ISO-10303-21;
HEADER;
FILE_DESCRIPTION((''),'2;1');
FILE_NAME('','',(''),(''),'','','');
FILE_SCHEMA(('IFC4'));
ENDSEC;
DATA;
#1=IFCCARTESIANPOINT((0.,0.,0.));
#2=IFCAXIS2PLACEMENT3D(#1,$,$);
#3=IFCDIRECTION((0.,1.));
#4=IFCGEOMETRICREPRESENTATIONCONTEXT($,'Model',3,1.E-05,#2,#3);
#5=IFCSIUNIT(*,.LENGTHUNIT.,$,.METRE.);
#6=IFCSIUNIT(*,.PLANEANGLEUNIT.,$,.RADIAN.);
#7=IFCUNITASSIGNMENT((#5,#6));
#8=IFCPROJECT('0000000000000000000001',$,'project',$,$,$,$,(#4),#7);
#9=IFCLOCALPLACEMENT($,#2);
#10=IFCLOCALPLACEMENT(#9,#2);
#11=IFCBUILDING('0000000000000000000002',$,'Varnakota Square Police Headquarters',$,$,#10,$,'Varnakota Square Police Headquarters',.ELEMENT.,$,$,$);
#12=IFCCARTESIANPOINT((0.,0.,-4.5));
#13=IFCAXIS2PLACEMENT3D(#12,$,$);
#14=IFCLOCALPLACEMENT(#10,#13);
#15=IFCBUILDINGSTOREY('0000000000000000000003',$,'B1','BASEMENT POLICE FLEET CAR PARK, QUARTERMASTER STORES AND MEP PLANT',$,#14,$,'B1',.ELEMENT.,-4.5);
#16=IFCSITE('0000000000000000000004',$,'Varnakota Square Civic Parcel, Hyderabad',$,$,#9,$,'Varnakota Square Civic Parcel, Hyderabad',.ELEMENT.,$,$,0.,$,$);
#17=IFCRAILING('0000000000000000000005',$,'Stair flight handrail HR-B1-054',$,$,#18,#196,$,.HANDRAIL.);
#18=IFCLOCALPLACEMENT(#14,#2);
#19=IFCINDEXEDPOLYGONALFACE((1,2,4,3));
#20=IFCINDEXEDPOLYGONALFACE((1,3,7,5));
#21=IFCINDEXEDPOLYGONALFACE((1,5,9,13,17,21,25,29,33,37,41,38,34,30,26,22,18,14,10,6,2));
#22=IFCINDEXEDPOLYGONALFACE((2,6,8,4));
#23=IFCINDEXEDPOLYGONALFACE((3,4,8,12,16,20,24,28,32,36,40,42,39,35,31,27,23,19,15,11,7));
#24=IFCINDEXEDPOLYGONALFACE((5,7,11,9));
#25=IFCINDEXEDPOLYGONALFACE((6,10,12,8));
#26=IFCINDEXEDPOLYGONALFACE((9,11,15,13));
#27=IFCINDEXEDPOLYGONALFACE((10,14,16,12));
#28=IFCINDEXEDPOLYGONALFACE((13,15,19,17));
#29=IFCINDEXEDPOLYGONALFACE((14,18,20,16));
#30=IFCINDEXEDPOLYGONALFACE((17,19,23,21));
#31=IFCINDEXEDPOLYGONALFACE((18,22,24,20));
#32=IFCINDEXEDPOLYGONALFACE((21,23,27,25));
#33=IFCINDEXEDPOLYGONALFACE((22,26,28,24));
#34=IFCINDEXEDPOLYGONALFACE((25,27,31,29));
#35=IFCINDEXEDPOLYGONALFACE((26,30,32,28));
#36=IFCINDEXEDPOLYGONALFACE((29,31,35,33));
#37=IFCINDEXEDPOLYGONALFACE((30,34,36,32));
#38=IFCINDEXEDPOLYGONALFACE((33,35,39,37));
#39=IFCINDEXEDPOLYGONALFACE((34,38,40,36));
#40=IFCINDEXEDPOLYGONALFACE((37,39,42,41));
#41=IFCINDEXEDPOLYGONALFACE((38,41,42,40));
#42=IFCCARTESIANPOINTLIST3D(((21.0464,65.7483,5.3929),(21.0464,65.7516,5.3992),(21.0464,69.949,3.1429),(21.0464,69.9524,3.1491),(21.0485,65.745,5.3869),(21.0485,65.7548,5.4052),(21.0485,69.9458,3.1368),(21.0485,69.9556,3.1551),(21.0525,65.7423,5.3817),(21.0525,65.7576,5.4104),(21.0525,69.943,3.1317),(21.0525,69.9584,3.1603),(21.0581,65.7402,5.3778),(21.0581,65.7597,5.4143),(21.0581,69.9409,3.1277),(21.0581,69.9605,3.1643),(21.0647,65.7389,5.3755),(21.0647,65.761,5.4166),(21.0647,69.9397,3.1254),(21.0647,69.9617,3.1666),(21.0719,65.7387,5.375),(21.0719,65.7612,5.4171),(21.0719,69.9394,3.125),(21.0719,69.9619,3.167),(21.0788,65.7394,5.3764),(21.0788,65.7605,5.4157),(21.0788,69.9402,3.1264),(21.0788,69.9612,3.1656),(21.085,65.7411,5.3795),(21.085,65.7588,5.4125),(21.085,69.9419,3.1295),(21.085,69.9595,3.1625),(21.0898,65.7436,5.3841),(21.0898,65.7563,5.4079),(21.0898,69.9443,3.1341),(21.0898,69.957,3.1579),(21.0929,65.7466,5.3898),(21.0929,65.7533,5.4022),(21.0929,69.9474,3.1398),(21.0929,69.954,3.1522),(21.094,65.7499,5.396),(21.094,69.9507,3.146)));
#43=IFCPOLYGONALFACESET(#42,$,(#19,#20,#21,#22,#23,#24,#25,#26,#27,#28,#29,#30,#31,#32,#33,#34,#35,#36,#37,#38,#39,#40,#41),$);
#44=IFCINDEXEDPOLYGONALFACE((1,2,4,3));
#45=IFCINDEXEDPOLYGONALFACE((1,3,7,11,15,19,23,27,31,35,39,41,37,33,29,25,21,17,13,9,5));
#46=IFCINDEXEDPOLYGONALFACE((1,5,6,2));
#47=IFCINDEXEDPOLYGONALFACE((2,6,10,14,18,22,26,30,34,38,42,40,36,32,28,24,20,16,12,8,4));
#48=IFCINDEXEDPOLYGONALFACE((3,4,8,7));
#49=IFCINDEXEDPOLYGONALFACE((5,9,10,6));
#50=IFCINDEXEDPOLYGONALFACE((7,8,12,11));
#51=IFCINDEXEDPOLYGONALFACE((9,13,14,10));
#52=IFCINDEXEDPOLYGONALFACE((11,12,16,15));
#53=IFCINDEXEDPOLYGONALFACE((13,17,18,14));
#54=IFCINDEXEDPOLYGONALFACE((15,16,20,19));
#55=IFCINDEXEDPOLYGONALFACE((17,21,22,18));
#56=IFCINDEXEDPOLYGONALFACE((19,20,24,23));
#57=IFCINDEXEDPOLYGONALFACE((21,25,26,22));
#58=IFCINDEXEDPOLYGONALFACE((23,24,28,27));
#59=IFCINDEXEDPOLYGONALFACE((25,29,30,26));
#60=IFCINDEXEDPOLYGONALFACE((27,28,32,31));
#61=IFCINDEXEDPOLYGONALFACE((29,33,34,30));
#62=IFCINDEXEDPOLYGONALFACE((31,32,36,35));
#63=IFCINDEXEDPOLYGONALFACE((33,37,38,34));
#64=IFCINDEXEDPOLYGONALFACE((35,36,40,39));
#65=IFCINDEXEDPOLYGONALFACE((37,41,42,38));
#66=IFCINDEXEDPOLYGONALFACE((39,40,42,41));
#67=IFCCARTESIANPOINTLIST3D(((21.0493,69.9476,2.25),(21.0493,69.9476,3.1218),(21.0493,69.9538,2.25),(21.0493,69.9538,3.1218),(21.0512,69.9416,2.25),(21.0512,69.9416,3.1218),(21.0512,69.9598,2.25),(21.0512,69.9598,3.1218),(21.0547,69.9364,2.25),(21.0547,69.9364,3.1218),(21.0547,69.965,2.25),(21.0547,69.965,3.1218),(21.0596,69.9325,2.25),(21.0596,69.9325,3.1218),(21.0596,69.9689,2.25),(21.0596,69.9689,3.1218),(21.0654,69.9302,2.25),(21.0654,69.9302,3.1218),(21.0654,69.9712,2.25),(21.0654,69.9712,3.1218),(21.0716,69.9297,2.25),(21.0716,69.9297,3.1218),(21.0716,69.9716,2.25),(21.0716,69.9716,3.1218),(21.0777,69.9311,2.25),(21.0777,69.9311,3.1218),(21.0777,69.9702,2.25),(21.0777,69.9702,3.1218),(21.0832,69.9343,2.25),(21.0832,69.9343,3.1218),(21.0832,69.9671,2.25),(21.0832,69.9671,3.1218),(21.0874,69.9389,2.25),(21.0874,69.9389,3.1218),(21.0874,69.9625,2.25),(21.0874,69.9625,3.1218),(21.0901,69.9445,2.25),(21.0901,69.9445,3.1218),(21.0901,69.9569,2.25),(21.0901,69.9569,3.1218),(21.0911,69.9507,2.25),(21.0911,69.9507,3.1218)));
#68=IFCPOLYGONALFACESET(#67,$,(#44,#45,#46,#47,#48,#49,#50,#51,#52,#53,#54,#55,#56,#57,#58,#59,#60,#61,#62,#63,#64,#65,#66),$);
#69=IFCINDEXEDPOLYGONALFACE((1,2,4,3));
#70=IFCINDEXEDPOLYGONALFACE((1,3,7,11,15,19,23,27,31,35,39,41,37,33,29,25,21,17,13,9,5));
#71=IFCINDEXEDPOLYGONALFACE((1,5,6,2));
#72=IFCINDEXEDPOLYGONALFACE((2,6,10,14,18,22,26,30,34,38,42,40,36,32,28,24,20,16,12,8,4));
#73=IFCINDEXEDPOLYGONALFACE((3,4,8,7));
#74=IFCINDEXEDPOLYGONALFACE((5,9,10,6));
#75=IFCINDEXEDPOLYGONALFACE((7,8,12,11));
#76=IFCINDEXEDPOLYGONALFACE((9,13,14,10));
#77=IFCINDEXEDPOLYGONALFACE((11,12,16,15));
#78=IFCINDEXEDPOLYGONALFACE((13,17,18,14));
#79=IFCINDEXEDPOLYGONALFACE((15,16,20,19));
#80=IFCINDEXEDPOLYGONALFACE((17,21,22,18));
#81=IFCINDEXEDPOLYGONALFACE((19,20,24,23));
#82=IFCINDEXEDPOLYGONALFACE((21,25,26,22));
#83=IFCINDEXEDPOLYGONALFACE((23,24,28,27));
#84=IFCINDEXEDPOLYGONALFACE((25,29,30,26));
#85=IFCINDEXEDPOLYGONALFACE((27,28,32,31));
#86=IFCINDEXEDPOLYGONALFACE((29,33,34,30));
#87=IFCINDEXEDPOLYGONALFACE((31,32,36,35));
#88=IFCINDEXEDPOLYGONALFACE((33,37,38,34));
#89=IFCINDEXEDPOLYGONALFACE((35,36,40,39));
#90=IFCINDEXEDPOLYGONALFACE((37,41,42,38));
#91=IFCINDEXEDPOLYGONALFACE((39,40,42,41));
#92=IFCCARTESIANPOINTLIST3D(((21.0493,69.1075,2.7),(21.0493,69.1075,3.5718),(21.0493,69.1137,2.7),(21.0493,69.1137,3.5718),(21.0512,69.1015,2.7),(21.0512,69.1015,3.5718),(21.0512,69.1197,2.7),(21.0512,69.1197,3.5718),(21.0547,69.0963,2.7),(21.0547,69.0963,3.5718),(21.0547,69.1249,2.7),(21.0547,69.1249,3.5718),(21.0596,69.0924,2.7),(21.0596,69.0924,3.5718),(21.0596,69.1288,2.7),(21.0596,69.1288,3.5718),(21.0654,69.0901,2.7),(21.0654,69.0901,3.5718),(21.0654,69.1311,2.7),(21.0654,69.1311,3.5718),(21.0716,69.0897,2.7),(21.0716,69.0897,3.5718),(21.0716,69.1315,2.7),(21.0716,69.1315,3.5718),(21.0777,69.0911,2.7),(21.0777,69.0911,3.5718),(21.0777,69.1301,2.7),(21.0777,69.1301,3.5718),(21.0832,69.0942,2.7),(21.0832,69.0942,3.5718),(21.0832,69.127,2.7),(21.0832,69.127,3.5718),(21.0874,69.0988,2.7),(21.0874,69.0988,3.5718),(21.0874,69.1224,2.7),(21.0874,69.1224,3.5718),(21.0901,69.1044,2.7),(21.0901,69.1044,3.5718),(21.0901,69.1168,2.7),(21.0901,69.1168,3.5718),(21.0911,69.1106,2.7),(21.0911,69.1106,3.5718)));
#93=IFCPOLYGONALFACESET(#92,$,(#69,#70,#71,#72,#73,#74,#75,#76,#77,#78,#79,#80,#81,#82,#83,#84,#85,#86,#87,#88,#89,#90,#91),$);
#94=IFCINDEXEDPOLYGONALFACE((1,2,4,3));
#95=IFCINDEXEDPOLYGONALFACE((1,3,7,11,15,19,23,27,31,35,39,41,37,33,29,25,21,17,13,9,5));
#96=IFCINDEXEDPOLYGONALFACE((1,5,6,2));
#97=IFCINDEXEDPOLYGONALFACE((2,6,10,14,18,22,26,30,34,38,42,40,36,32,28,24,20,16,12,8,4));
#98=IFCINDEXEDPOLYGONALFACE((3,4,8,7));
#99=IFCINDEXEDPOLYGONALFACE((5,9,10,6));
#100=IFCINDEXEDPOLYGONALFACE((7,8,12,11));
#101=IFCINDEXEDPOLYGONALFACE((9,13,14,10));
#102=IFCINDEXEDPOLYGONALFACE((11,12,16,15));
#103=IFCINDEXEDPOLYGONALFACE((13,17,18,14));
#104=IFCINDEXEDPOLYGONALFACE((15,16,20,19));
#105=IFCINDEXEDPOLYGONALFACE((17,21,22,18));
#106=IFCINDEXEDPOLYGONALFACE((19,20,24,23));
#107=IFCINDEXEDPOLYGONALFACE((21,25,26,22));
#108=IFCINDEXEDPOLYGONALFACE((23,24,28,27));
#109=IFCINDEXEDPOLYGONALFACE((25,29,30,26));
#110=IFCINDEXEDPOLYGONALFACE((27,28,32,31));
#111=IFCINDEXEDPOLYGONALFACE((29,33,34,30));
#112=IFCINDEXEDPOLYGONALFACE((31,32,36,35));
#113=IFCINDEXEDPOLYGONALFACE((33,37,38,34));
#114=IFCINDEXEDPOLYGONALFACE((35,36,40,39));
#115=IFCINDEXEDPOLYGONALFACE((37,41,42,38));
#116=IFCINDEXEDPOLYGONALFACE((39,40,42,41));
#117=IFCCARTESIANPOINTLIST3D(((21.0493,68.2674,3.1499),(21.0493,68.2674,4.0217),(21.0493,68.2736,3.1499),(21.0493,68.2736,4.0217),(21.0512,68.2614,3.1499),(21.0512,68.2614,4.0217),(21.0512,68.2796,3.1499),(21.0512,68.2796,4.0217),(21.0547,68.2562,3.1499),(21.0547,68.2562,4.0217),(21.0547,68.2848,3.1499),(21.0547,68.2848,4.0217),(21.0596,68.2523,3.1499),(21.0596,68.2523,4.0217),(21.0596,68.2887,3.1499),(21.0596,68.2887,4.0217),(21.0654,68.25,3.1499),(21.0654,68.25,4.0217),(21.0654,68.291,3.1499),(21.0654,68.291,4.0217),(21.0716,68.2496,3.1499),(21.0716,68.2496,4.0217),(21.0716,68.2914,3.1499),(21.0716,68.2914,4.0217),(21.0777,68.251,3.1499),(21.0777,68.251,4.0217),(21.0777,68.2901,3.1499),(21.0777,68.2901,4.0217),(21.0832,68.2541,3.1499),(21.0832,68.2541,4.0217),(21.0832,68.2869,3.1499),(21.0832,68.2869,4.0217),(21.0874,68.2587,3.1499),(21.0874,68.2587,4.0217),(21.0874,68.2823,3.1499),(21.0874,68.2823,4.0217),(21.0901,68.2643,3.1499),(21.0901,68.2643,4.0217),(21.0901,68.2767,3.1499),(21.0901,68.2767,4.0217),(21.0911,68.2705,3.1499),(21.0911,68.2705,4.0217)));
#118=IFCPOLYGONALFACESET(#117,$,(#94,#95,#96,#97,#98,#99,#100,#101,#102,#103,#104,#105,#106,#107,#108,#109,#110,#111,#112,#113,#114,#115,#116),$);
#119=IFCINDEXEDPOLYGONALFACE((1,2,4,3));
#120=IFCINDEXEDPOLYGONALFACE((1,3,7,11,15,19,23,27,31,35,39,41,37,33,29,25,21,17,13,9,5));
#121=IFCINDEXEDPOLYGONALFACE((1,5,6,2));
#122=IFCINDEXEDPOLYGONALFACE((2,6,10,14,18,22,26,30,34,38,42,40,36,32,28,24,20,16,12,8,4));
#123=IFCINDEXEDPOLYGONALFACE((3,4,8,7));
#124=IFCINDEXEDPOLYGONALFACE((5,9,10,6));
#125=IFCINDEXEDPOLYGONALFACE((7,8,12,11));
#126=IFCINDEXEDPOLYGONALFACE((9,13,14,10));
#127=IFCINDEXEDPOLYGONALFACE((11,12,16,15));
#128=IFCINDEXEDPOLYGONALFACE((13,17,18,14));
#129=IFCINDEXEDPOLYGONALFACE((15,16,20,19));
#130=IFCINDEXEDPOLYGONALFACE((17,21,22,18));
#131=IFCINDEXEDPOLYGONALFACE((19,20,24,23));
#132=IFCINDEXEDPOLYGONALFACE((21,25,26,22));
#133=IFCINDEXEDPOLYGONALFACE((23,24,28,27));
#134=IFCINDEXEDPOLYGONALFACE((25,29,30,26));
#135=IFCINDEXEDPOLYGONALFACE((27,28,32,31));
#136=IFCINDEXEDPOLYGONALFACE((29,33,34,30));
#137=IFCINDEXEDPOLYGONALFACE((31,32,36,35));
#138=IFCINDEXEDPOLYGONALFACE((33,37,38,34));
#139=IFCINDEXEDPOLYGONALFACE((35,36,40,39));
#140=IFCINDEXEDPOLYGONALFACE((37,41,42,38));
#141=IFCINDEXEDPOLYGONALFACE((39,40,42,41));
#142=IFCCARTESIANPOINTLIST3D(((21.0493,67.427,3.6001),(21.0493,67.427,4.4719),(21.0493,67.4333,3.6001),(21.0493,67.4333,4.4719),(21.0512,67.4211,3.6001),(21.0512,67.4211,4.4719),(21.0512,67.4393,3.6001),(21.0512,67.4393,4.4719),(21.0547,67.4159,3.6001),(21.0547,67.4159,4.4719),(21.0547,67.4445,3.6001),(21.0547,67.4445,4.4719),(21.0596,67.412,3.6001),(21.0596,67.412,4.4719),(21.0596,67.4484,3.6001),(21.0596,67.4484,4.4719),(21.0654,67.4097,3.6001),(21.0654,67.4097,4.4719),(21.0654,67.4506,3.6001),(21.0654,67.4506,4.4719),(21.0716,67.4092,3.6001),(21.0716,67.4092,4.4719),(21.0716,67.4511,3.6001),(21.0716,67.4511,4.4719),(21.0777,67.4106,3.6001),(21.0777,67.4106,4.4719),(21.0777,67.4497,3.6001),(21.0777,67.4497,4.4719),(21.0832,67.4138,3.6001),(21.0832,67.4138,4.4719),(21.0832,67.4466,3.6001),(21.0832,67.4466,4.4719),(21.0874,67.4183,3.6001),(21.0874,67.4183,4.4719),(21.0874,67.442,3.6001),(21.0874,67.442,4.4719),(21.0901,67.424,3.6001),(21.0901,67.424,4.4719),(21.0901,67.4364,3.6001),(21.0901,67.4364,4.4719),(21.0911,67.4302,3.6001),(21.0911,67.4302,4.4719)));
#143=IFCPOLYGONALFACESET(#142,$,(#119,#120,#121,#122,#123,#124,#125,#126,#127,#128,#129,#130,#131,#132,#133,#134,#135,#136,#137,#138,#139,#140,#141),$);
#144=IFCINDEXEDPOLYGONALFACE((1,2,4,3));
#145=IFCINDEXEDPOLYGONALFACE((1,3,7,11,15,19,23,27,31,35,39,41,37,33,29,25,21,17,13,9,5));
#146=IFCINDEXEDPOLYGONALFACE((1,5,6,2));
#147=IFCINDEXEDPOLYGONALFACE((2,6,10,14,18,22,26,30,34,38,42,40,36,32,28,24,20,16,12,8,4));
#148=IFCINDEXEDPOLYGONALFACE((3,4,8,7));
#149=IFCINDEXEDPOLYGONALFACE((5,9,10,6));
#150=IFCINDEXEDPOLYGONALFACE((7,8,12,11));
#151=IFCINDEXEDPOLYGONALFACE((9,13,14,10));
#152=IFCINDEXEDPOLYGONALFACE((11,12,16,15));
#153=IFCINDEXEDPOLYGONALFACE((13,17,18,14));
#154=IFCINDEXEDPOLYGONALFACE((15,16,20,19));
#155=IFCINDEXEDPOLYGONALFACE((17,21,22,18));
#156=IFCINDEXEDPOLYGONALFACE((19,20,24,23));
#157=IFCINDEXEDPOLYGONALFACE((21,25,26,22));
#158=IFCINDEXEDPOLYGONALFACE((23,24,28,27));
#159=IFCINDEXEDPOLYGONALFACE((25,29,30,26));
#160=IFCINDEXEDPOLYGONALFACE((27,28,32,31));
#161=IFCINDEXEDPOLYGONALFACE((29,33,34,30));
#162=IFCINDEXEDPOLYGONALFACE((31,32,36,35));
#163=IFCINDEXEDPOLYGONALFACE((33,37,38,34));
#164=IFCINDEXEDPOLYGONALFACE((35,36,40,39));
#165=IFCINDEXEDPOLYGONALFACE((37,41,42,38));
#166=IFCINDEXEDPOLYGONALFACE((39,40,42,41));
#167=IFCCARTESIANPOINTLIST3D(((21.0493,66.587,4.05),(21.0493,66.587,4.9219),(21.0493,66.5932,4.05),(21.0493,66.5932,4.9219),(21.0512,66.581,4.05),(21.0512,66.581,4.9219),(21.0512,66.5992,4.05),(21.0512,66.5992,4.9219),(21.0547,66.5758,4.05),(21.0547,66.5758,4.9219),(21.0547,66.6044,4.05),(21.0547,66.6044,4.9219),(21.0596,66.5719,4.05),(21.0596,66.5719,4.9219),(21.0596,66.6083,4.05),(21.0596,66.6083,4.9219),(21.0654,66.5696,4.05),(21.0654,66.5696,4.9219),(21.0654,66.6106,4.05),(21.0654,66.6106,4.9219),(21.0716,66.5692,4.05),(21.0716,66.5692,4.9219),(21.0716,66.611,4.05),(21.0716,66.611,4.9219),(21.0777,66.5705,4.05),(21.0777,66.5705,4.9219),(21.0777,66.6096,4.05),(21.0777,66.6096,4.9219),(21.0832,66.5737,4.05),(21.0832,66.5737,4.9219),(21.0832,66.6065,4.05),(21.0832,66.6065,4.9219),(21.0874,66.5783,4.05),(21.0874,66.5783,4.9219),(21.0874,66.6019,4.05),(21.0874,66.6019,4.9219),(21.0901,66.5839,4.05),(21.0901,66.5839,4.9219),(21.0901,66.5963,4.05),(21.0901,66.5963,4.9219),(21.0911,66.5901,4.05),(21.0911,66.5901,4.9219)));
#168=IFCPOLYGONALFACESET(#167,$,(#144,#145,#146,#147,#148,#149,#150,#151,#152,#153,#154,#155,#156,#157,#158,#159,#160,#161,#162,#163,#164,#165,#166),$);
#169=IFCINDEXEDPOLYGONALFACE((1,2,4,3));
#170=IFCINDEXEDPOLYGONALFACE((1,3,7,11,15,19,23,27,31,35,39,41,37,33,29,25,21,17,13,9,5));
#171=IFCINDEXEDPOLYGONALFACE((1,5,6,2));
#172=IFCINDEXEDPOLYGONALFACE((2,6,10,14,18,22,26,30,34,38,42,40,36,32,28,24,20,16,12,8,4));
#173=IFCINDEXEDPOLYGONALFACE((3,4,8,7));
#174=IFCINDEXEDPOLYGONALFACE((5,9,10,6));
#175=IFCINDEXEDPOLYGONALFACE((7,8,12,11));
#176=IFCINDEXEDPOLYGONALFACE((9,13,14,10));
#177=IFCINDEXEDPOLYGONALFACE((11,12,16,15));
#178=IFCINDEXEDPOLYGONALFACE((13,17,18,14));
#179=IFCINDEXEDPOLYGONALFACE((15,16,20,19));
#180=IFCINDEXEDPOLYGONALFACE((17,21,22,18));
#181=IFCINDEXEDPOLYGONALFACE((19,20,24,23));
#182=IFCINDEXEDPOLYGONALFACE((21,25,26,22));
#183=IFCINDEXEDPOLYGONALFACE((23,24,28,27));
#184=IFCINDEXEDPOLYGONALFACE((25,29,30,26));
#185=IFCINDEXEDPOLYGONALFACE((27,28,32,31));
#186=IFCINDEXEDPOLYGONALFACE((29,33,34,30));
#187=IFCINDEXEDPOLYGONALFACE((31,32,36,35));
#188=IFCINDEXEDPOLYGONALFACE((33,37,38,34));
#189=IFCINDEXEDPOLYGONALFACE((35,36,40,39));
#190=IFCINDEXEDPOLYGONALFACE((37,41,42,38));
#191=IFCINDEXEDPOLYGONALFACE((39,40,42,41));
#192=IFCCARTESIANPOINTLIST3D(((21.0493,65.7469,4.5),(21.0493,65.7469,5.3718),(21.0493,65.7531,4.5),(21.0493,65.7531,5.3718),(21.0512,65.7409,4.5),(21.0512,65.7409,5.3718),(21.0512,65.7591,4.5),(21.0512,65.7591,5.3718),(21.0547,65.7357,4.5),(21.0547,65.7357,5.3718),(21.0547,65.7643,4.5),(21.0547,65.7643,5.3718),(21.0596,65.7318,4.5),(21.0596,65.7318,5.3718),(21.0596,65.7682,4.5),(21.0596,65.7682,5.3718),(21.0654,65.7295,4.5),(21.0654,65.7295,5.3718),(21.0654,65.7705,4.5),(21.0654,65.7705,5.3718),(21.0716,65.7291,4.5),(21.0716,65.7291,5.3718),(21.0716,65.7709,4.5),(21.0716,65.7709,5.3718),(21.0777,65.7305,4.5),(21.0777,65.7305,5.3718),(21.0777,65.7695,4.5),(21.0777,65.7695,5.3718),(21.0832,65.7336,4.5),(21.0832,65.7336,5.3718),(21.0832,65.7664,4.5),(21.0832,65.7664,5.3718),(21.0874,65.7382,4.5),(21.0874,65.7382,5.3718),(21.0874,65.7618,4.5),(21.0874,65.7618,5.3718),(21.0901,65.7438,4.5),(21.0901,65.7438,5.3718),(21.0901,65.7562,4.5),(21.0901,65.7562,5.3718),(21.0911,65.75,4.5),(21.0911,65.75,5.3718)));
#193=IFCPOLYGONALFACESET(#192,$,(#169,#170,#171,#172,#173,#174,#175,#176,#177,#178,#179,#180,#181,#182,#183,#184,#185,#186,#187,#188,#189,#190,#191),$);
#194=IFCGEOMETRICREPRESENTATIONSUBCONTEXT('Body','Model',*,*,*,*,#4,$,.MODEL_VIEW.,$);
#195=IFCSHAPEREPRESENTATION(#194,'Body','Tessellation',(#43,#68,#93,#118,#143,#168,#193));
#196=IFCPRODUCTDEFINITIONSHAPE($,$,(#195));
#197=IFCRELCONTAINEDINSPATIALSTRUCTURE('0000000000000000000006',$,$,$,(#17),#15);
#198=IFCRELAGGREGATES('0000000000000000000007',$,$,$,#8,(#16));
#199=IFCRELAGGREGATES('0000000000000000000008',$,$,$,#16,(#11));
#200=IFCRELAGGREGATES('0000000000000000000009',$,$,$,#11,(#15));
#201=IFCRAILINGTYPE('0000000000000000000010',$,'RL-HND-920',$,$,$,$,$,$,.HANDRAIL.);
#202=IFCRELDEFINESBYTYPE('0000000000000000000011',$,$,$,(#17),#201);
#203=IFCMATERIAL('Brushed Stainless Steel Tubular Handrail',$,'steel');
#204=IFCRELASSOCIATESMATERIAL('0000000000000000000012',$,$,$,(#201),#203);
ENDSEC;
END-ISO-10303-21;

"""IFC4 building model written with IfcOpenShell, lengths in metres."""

from ifc_helpers import new_model, si_unit, direction, frame, origin, origin_2d, place, context, subcontext, project, spatial, circle, extrude, material, type_object, element, save


model = new_model("IFC4")

# Units and contexts
model_context = context("Model", 3, precision=1e-05, world=origin(), true_north=direction((0.0, 1.0)))
body_context = subcontext(model_context, "Body", "Model", "MODEL_VIEW")
ifc_project = project(units=[si_unit("LENGTHUNIT", "METRE"), si_unit("PLANEANGLEUNIT", "RADIAN")], contexts=[model_context])

# Site, building, storey
site_placement = place(None, origin())
site = spatial("IfcSite", under=ifc_project, at=site_placement, Name="Varnakota Square Civic Parcel, Hyderabad", LongName="Varnakota Square Civic Parcel, Hyderabad", CompositionType="ELEMENT", RefElevation=0.0)
building_placement = place(site_placement, origin())
building = spatial("IfcBuilding", under=site, at=building_placement, Name="Varnakota Square Police Headquarters", LongName="Varnakota Square Police Headquarters", CompositionType="ELEMENT")
storey_placement = place(building_placement, frame((0.0, 0.0, -4.5)))
storey = spatial("IfcBuildingStorey", under=building, at=storey_placement, Name="B1", Description="BASEMENT POLICE FLEET CAR PARK, QUARTERMASTER STORES AND MEP PLANT", LongName="B1", CompositionType="ELEMENT", Elevation=-4.5)

# Railing
ifc_material_1 = material(Name="Brushed Stainless Steel Tubular Handrail", Category="steel")
railing_type_1 = type_object("IfcRailingType", Name="RL-HND-920", PredefinedType="HANDRAIL", material=ifc_material_1)
railing_1_placement = place(storey_placement, frame((21.0701, 69.9507, 2.25)))
element("IfcRailing", 1, at=railing_1_placement, inside=storey, type_object=railing_type_1, Name="Stair flight handrail HR-B1-054", PredefinedType="HANDRAIL", context=body_context, shape_type="SweptSolid", body=[
    extrude(circle(Radius=0.0239, at=origin_2d()), frame((0.0, 0.0, 0.896), z_axis=(0.0, -0.881512, 0.472162), x_axis=(1.0, 0.0, 0.0)), (0.0, 0.0, 1.0), 4.7654),
    extrude(circle(Radius=0.021, at=origin_2d()), origin(), (0.0, 0.0, 1.0), 0.8718),
    extrude(circle(Radius=0.021, at=origin_2d()), frame((0.0, -0.8401, 0.45)), (0.0, 0.0, 1.0), 0.8718),
    extrude(circle(Radius=0.021, at=origin_2d()), frame((0.0, -1.6802, 0.8999)), (0.0, 0.0, 1.0), 0.8718),
    extrude(circle(Radius=0.021, at=origin_2d()), frame((0.0, -2.5205, 1.3501)), (0.0, 0.0, 1.0), 0.8718),
    extrude(circle(Radius=0.021, at=origin_2d()), frame((0.0, -3.3606, 1.8)), (0.0, 0.0, 1.0), 0.8718),
    extrude(circle(Radius=0.021, at=origin_2d()), frame((0.0, -4.2007, 2.25)), (0.0, 0.0, 1.0), 0.8718),
])

save(model, "model.ifc")
